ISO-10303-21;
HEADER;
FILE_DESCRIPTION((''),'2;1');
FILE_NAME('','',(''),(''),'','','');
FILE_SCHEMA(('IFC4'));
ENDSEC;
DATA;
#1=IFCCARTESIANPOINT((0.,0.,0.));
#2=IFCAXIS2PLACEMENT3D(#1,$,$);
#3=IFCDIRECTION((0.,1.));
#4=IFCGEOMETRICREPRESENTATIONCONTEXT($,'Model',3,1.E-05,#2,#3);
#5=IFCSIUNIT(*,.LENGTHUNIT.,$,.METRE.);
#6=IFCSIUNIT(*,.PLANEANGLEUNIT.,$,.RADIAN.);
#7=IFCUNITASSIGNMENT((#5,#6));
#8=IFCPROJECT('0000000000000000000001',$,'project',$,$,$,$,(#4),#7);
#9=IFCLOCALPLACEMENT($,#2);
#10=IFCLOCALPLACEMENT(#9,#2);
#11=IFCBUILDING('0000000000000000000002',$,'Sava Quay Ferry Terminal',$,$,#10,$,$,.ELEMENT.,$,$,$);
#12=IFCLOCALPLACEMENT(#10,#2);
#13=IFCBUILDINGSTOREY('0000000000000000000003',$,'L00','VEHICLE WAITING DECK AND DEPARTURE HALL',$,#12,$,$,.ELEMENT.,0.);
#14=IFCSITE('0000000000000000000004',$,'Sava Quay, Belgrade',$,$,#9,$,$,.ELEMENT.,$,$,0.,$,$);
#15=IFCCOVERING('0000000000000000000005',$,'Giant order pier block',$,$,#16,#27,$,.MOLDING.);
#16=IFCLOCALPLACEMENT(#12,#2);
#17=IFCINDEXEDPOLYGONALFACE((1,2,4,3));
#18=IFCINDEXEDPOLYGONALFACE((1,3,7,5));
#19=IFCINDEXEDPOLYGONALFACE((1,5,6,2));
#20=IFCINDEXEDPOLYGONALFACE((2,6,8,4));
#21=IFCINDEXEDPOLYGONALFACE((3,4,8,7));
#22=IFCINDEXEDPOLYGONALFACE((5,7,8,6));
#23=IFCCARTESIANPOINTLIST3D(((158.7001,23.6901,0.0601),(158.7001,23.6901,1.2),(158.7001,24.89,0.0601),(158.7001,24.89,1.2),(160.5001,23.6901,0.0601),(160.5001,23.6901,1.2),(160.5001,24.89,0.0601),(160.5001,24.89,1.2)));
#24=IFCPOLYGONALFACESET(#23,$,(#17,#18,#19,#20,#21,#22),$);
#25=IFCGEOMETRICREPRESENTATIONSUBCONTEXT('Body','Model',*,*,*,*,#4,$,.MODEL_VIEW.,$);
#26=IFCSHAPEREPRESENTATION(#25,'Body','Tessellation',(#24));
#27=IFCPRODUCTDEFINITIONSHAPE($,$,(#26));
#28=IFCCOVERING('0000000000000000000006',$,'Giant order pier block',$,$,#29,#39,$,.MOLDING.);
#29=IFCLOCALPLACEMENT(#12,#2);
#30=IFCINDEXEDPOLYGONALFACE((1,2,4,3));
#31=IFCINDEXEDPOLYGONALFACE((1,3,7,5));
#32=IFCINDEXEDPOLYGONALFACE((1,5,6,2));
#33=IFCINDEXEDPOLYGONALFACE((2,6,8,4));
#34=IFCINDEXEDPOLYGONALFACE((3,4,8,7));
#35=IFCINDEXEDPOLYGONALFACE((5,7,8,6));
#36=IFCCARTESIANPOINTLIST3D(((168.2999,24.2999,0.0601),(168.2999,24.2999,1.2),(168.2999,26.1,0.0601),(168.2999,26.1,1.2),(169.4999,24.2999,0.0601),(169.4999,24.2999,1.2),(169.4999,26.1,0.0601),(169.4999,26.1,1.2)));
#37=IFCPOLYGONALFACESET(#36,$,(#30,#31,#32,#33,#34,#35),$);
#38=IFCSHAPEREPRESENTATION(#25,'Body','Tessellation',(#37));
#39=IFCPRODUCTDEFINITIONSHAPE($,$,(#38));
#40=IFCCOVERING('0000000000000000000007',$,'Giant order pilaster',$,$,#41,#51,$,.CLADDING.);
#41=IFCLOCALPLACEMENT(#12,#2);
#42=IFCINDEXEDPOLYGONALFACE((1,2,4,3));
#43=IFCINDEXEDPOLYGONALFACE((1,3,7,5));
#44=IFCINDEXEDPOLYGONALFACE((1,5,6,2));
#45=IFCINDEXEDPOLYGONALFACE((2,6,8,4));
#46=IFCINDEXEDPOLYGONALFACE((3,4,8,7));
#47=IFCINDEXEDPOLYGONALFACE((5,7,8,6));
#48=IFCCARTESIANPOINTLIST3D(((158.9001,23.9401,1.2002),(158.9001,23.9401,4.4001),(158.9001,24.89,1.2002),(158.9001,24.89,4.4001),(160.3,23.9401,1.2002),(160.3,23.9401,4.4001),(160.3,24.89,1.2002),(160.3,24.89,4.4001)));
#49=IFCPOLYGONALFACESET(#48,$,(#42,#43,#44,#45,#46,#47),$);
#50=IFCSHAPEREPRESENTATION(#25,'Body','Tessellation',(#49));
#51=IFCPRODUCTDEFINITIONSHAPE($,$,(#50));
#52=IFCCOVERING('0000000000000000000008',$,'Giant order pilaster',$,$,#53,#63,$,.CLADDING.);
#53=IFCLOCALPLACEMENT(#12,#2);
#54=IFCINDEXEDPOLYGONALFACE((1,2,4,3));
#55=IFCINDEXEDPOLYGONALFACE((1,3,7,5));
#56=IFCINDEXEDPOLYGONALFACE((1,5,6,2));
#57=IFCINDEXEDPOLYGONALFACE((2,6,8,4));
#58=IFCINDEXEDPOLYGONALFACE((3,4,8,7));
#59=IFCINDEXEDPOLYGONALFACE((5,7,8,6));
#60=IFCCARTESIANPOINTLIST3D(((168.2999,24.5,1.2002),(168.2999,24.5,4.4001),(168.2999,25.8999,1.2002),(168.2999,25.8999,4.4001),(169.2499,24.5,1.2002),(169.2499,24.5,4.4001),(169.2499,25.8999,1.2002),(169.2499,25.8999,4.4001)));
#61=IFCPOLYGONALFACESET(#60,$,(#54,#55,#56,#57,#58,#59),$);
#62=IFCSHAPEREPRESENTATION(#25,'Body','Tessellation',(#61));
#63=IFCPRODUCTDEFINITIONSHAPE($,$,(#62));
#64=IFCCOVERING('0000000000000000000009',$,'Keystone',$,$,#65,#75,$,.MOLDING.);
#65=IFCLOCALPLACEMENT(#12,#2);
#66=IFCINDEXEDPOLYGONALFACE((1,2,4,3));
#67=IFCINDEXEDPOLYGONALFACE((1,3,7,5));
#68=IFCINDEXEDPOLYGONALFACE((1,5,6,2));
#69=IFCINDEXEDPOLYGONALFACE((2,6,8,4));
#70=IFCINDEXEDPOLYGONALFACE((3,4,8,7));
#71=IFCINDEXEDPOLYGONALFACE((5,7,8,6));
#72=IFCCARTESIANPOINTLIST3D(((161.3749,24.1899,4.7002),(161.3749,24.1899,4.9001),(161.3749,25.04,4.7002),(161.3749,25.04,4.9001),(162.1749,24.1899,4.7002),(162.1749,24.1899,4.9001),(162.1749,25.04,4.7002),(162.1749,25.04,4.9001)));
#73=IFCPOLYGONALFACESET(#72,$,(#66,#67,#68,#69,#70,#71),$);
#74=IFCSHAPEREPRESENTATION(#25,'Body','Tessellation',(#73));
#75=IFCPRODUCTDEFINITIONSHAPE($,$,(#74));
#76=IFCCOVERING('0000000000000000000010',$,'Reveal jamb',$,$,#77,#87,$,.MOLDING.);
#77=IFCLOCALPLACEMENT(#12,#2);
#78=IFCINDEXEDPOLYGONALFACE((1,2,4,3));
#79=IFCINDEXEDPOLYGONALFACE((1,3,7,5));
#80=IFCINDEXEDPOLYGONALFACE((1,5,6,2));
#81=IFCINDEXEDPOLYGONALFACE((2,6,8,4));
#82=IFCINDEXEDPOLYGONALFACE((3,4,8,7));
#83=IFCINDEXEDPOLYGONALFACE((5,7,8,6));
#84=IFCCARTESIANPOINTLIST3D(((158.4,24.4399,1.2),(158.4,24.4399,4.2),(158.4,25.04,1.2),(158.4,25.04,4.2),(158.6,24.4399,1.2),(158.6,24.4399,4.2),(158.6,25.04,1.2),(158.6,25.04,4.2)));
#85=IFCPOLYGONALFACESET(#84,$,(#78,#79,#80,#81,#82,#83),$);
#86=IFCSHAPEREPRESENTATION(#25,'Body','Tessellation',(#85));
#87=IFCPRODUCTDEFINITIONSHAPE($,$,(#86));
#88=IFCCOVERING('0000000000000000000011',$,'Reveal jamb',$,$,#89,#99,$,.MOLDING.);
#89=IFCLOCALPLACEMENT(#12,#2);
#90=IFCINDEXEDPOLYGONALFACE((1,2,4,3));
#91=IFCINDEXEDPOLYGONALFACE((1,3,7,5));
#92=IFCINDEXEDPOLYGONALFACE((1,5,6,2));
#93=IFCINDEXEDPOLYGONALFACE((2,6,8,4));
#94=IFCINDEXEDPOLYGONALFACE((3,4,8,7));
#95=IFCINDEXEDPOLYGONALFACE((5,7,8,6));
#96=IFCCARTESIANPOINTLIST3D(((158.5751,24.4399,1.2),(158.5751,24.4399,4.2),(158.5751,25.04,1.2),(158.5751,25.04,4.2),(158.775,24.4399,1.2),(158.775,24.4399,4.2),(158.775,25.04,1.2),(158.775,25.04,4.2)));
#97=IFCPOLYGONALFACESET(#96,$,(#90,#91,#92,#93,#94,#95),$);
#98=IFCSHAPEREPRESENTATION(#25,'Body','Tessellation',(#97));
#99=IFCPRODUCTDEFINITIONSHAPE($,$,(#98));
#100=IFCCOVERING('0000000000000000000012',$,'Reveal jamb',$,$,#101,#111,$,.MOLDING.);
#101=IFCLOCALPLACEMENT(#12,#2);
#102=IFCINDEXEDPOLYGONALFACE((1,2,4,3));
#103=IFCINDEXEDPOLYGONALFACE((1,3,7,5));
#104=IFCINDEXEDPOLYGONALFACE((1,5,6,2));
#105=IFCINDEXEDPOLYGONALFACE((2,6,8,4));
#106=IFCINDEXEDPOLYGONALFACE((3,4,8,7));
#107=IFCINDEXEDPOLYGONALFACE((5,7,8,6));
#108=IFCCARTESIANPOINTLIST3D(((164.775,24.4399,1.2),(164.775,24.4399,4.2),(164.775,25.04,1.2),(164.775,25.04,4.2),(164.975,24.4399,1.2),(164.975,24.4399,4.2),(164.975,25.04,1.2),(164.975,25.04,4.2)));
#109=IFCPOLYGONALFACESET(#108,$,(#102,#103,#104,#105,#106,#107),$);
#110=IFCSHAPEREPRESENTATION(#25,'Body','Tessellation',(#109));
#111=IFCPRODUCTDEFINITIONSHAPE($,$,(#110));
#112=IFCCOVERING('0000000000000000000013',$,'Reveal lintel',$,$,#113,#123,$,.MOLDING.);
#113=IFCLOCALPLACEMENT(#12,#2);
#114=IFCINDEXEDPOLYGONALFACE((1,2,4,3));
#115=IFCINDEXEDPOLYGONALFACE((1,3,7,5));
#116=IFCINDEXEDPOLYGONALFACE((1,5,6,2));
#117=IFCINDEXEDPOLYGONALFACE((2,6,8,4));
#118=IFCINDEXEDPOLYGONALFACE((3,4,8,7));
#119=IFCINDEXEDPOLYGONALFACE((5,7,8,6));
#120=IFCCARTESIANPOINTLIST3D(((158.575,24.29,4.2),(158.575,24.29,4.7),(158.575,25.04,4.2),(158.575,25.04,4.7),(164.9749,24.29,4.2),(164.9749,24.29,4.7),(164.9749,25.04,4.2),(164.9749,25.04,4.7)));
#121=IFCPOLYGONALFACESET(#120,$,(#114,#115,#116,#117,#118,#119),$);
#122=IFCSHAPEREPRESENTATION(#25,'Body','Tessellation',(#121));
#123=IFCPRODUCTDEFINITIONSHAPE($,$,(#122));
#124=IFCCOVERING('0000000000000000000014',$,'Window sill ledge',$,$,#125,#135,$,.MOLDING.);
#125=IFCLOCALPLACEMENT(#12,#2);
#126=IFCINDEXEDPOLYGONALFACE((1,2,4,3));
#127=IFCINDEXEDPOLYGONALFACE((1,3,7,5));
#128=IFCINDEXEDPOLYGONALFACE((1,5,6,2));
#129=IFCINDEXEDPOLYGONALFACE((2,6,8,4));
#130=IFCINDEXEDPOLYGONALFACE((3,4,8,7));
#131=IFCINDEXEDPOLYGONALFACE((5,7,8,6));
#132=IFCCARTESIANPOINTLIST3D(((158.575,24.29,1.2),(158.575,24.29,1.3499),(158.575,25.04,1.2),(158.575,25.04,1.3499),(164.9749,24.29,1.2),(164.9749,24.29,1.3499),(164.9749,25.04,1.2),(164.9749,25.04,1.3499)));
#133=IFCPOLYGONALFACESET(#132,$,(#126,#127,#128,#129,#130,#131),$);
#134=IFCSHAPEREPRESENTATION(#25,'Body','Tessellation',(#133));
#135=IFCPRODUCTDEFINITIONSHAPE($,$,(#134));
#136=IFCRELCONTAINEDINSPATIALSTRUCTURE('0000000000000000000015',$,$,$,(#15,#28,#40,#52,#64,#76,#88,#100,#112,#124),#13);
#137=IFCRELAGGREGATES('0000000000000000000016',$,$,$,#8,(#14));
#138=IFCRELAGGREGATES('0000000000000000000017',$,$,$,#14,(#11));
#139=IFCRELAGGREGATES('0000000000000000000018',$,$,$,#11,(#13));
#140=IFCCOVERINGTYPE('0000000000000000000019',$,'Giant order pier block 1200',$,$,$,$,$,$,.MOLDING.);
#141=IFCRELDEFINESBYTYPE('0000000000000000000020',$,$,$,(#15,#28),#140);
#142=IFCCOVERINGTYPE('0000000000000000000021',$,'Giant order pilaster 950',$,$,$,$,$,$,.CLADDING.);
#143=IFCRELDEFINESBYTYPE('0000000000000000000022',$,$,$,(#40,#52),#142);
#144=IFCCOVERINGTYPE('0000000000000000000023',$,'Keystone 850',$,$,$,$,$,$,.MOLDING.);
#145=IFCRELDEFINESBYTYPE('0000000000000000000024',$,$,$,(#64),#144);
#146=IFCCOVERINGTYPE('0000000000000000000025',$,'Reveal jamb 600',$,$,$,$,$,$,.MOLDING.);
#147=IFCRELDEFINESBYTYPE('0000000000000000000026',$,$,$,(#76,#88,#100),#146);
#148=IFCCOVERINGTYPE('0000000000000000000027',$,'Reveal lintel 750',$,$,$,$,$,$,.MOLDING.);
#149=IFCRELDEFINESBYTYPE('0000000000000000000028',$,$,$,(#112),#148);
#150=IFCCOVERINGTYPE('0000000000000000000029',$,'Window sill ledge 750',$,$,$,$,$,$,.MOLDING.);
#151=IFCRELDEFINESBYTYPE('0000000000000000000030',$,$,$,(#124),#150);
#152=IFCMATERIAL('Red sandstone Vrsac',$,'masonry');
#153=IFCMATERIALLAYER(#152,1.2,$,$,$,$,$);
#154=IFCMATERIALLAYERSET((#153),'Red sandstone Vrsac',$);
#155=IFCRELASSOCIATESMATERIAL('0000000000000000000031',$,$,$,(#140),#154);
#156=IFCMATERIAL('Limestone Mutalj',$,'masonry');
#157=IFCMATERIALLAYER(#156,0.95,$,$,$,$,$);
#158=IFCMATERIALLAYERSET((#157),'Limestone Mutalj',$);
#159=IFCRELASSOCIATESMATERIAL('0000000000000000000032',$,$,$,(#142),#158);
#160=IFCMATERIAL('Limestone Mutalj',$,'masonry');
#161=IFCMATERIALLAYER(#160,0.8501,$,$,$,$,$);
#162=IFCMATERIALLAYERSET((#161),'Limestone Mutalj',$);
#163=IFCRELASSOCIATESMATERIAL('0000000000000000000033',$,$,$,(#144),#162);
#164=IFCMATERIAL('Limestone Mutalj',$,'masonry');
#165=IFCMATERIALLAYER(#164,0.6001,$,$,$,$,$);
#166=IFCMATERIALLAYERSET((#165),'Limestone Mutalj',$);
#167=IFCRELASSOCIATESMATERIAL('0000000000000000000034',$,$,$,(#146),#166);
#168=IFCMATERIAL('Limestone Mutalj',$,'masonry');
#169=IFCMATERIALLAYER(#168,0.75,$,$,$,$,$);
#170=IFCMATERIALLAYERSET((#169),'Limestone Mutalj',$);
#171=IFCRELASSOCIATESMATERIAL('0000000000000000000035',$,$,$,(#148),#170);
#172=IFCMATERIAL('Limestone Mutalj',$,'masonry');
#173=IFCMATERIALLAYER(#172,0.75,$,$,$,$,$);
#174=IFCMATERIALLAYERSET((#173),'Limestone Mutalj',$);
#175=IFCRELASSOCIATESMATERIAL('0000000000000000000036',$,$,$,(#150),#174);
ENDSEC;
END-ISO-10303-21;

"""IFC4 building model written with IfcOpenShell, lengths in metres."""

from ifc_helpers import new_model, si_unit, direction, frame, origin, origin_2d, place, context, subcontext, project, spatial, rectangle, extrude, material, layer, layer_set, type_object, element, save


model = new_model("IFC4")

# Units and contexts
model_context = context("Model", 3, precision=1e-05, world=origin(), true_north=direction((0.0, 1.0)))
body_context = subcontext(model_context, "Body", "Model", "MODEL_VIEW")
ifc_project = project(units=[si_unit("LENGTHUNIT", "METRE"), si_unit("PLANEANGLEUNIT", "RADIAN")], contexts=[model_context])

# Site, building, storey
site_placement = place(None, origin())
site = spatial("IfcSite", under=ifc_project, at=site_placement, Name="Sava Quay, Belgrade", CompositionType="ELEMENT", RefElevation=0.0)
building_placement = place(site_placement, origin())
building = spatial("IfcBuilding", under=site, at=building_placement, Name="Sava Quay Ferry Terminal", CompositionType="ELEMENT")
storey_placement = place(building_placement, origin())
storey = spatial("IfcBuildingStorey", under=building, at=storey_placement, Name="L00", Description="VEHICLE WAITING DECK AND DEPARTURE HALL", CompositionType="ELEMENT", Elevation=0.0)

# Coverings
ifc_material_1 = material(Name="Red sandstone Vrsac", Category="masonry")
ifc_layer_1 = layer(ifc_material_1, 1.2)
ifc_layer_set_1 = layer_set([ifc_layer_1], Name="Red sandstone Vrsac")
covering_type_1 = type_object("IfcCoveringType", Name="Giant order pier block 1200", PredefinedType="MOLDING", material=ifc_layer_set_1)
covering_1_placement = place(storey_placement, frame((159.6001, 24.29, 0.0601), z_axis=(0.0, 0.0, 1.0), x_axis=(1.0, 0.0, 0.0)))
element("IfcCovering", 1, at=covering_1_placement, inside=storey, type_object=covering_type_1, Name="Giant order pier block", PredefinedType="MOLDING", context=body_context, shape_type="SweptSolid", body=[
    extrude(rectangle(XDim=1.8, YDim=1.2, at=origin_2d()), origin(), (0.0, 0.0, 1.0), 1.1399),
])
covering_2_placement = place(storey_placement, frame((168.8999, 25.2, 0.0601), z_axis=(0.0, 0.0, 1.0), x_axis=(1.0, 0.0, 0.0)))
element("IfcCovering", 2, at=covering_2_placement, inside=storey, type_object=covering_type_1, Name="Giant order pier block", PredefinedType="MOLDING", context=body_context, shape_type="SweptSolid", body=[
    extrude(rectangle(XDim=1.2, YDim=1.8, at=origin_2d()), origin(), (0.0, 0.0, 1.0), 1.1399),
])
ifc_material_2 = material(Name="Limestone Mutalj", Category="masonry")
ifc_layer_2 = layer(ifc_material_2, 0.95)
ifc_layer_set_2 = layer_set([ifc_layer_2], Name="Limestone Mutalj")
covering_type_2 = type_object("IfcCoveringType", Name="Giant order pilaster 950", PredefinedType="CLADDING", material=ifc_layer_set_2)
covering_3_placement = place(storey_placement, frame((159.6001, 24.415, 1.2002), z_axis=(0.0, 0.0, 1.0), x_axis=(1.0, 0.0, 0.0)))
element("IfcCovering", 3, at=covering_3_placement, inside=storey, type_object=covering_type_2, Name="Giant order pilaster", PredefinedType="CLADDING", context=body_context, shape_type="SweptSolid", body=[
    extrude(rectangle(XDim=1.3999, YDim=0.95, at=origin_2d()), origin(), (0.0, 0.0, 1.0), 3.2),
])
covering_4_placement = place(storey_placement, frame((168.7749, 25.2, 1.2002), z_axis=(0.0, 0.0, 1.0), x_axis=(1.0, 0.0, 0.0)))
element("IfcCovering", 4, at=covering_4_placement, inside=storey, type_object=covering_type_2, Name="Giant order pilaster", PredefinedType="CLADDING", context=body_context, shape_type="SweptSolid", body=[
    extrude(rectangle(XDim=0.95, YDim=1.3999, at=origin_2d()), origin(), (0.0, 0.0, 1.0), 3.2),
])
ifc_material_3 = material(Name="Limestone Mutalj", Category="masonry")
ifc_layer_3 = layer(ifc_material_3, 0.8501)
ifc_layer_set_3 = layer_set([ifc_layer_3], Name="Limestone Mutalj")
covering_type_3 = type_object("IfcCoveringType", Name="Keystone 850", PredefinedType="MOLDING", material=ifc_layer_set_3)
covering_5_placement = place(storey_placement, frame((161.7749, 24.615, 4.7002), z_axis=(0.0, 0.0, 1.0), x_axis=(1.0, 0.0, 0.0)))
element("IfcCovering", 5, at=covering_5_placement, inside=storey, type_object=covering_type_3, Name="Keystone", PredefinedType="MOLDING", context=body_context, shape_type="SweptSolid", body=[
    extrude(rectangle(XDim=0.8, YDim=0.8501, at=origin_2d()), origin(), (0.0, 0.0, 1.0), 0.2),
])
ifc_material_4 = material(Name="Limestone Mutalj", Category="masonry")
ifc_layer_4 = layer(ifc_material_4, 0.6001)
ifc_layer_set_4 = layer_set([ifc_layer_4], Name="Limestone Mutalj")
covering_type_4 = type_object("IfcCoveringType", Name="Reveal jamb 600", PredefinedType="MOLDING", material=ifc_layer_set_4)
for number, where, z_axis, x_axis, name in (
    (6, (158.5, 24.74, 1.2), (0.0, 0.0, 1.0), (1.0, 0.0, 0.0), "Reveal jamb"),
    (7, (158.675, 24.74, 1.2), (0.0, 0.0, 1.0), (1.0, 0.0, 0.0), "Reveal jamb"),
    (8, (164.875, 24.74, 1.2), (0.0, 0.0, 1.0), (1.0, 0.0, 0.0), "Reveal jamb"),
):
    element("IfcCovering", number, at=place(storey_placement, frame(where, z_axis=z_axis, x_axis=x_axis)), inside=storey, type_object=covering_type_4, Name=name, PredefinedType="MOLDING", context=body_context, shape_type="SweptSolid", body=[
        extrude(rectangle(XDim=0.2, YDim=0.6001, at=origin_2d()), origin(), (0.0, 0.0, 1.0), 3.0),
    ])
ifc_material_5 = material(Name="Limestone Mutalj", Category="masonry")
ifc_layer_5 = layer(ifc_material_5, 0.75)
ifc_layer_set_5 = layer_set([ifc_layer_5], Name="Limestone Mutalj")
covering_type_5 = type_object("IfcCoveringType", Name="Reveal lintel 750", PredefinedType="MOLDING", material=ifc_layer_set_5)
covering_6_placement = place(storey_placement, frame((161.7749, 24.665, 4.2), z_axis=(0.0, 0.0, 1.0), x_axis=(1.0, 0.0, 0.0)))
element("IfcCovering", 9, at=covering_6_placement, inside=storey, type_object=covering_type_5, Name="Reveal lintel", PredefinedType="MOLDING", context=body_context, shape_type="SweptSolid", body=[
    extrude(rectangle(XDim=6.3999, YDim=0.75, at=origin_2d()), origin(), (0.0, 0.0, 1.0), 0.5),
])
ifc_material_6 = material(Name="Limestone Mutalj", Category="masonry")
ifc_layer_6 = layer(ifc_material_6, 0.75)
ifc_layer_set_6 = layer_set([ifc_layer_6], Name="Limestone Mutalj")
covering_type_6 = type_object("IfcCoveringType", Name="Window sill ledge 750", PredefinedType="MOLDING", material=ifc_layer_set_6)
covering_7_placement = place(storey_placement, frame((161.7749, 24.665, 1.2), z_axis=(0.0, 0.0, 1.0), x_axis=(1.0, 0.0, 0.0)))
element("IfcCovering", 10, at=covering_7_placement, inside=storey, type_object=covering_type_6, Name="Window sill ledge", PredefinedType="MOLDING", context=body_context, shape_type="SweptSolid", body=[
    extrude(rectangle(XDim=6.3999, YDim=0.75, at=origin_2d()), origin(), (0.0, 0.0, 1.0), 0.1499),
])

save(model, "model.ifc")
